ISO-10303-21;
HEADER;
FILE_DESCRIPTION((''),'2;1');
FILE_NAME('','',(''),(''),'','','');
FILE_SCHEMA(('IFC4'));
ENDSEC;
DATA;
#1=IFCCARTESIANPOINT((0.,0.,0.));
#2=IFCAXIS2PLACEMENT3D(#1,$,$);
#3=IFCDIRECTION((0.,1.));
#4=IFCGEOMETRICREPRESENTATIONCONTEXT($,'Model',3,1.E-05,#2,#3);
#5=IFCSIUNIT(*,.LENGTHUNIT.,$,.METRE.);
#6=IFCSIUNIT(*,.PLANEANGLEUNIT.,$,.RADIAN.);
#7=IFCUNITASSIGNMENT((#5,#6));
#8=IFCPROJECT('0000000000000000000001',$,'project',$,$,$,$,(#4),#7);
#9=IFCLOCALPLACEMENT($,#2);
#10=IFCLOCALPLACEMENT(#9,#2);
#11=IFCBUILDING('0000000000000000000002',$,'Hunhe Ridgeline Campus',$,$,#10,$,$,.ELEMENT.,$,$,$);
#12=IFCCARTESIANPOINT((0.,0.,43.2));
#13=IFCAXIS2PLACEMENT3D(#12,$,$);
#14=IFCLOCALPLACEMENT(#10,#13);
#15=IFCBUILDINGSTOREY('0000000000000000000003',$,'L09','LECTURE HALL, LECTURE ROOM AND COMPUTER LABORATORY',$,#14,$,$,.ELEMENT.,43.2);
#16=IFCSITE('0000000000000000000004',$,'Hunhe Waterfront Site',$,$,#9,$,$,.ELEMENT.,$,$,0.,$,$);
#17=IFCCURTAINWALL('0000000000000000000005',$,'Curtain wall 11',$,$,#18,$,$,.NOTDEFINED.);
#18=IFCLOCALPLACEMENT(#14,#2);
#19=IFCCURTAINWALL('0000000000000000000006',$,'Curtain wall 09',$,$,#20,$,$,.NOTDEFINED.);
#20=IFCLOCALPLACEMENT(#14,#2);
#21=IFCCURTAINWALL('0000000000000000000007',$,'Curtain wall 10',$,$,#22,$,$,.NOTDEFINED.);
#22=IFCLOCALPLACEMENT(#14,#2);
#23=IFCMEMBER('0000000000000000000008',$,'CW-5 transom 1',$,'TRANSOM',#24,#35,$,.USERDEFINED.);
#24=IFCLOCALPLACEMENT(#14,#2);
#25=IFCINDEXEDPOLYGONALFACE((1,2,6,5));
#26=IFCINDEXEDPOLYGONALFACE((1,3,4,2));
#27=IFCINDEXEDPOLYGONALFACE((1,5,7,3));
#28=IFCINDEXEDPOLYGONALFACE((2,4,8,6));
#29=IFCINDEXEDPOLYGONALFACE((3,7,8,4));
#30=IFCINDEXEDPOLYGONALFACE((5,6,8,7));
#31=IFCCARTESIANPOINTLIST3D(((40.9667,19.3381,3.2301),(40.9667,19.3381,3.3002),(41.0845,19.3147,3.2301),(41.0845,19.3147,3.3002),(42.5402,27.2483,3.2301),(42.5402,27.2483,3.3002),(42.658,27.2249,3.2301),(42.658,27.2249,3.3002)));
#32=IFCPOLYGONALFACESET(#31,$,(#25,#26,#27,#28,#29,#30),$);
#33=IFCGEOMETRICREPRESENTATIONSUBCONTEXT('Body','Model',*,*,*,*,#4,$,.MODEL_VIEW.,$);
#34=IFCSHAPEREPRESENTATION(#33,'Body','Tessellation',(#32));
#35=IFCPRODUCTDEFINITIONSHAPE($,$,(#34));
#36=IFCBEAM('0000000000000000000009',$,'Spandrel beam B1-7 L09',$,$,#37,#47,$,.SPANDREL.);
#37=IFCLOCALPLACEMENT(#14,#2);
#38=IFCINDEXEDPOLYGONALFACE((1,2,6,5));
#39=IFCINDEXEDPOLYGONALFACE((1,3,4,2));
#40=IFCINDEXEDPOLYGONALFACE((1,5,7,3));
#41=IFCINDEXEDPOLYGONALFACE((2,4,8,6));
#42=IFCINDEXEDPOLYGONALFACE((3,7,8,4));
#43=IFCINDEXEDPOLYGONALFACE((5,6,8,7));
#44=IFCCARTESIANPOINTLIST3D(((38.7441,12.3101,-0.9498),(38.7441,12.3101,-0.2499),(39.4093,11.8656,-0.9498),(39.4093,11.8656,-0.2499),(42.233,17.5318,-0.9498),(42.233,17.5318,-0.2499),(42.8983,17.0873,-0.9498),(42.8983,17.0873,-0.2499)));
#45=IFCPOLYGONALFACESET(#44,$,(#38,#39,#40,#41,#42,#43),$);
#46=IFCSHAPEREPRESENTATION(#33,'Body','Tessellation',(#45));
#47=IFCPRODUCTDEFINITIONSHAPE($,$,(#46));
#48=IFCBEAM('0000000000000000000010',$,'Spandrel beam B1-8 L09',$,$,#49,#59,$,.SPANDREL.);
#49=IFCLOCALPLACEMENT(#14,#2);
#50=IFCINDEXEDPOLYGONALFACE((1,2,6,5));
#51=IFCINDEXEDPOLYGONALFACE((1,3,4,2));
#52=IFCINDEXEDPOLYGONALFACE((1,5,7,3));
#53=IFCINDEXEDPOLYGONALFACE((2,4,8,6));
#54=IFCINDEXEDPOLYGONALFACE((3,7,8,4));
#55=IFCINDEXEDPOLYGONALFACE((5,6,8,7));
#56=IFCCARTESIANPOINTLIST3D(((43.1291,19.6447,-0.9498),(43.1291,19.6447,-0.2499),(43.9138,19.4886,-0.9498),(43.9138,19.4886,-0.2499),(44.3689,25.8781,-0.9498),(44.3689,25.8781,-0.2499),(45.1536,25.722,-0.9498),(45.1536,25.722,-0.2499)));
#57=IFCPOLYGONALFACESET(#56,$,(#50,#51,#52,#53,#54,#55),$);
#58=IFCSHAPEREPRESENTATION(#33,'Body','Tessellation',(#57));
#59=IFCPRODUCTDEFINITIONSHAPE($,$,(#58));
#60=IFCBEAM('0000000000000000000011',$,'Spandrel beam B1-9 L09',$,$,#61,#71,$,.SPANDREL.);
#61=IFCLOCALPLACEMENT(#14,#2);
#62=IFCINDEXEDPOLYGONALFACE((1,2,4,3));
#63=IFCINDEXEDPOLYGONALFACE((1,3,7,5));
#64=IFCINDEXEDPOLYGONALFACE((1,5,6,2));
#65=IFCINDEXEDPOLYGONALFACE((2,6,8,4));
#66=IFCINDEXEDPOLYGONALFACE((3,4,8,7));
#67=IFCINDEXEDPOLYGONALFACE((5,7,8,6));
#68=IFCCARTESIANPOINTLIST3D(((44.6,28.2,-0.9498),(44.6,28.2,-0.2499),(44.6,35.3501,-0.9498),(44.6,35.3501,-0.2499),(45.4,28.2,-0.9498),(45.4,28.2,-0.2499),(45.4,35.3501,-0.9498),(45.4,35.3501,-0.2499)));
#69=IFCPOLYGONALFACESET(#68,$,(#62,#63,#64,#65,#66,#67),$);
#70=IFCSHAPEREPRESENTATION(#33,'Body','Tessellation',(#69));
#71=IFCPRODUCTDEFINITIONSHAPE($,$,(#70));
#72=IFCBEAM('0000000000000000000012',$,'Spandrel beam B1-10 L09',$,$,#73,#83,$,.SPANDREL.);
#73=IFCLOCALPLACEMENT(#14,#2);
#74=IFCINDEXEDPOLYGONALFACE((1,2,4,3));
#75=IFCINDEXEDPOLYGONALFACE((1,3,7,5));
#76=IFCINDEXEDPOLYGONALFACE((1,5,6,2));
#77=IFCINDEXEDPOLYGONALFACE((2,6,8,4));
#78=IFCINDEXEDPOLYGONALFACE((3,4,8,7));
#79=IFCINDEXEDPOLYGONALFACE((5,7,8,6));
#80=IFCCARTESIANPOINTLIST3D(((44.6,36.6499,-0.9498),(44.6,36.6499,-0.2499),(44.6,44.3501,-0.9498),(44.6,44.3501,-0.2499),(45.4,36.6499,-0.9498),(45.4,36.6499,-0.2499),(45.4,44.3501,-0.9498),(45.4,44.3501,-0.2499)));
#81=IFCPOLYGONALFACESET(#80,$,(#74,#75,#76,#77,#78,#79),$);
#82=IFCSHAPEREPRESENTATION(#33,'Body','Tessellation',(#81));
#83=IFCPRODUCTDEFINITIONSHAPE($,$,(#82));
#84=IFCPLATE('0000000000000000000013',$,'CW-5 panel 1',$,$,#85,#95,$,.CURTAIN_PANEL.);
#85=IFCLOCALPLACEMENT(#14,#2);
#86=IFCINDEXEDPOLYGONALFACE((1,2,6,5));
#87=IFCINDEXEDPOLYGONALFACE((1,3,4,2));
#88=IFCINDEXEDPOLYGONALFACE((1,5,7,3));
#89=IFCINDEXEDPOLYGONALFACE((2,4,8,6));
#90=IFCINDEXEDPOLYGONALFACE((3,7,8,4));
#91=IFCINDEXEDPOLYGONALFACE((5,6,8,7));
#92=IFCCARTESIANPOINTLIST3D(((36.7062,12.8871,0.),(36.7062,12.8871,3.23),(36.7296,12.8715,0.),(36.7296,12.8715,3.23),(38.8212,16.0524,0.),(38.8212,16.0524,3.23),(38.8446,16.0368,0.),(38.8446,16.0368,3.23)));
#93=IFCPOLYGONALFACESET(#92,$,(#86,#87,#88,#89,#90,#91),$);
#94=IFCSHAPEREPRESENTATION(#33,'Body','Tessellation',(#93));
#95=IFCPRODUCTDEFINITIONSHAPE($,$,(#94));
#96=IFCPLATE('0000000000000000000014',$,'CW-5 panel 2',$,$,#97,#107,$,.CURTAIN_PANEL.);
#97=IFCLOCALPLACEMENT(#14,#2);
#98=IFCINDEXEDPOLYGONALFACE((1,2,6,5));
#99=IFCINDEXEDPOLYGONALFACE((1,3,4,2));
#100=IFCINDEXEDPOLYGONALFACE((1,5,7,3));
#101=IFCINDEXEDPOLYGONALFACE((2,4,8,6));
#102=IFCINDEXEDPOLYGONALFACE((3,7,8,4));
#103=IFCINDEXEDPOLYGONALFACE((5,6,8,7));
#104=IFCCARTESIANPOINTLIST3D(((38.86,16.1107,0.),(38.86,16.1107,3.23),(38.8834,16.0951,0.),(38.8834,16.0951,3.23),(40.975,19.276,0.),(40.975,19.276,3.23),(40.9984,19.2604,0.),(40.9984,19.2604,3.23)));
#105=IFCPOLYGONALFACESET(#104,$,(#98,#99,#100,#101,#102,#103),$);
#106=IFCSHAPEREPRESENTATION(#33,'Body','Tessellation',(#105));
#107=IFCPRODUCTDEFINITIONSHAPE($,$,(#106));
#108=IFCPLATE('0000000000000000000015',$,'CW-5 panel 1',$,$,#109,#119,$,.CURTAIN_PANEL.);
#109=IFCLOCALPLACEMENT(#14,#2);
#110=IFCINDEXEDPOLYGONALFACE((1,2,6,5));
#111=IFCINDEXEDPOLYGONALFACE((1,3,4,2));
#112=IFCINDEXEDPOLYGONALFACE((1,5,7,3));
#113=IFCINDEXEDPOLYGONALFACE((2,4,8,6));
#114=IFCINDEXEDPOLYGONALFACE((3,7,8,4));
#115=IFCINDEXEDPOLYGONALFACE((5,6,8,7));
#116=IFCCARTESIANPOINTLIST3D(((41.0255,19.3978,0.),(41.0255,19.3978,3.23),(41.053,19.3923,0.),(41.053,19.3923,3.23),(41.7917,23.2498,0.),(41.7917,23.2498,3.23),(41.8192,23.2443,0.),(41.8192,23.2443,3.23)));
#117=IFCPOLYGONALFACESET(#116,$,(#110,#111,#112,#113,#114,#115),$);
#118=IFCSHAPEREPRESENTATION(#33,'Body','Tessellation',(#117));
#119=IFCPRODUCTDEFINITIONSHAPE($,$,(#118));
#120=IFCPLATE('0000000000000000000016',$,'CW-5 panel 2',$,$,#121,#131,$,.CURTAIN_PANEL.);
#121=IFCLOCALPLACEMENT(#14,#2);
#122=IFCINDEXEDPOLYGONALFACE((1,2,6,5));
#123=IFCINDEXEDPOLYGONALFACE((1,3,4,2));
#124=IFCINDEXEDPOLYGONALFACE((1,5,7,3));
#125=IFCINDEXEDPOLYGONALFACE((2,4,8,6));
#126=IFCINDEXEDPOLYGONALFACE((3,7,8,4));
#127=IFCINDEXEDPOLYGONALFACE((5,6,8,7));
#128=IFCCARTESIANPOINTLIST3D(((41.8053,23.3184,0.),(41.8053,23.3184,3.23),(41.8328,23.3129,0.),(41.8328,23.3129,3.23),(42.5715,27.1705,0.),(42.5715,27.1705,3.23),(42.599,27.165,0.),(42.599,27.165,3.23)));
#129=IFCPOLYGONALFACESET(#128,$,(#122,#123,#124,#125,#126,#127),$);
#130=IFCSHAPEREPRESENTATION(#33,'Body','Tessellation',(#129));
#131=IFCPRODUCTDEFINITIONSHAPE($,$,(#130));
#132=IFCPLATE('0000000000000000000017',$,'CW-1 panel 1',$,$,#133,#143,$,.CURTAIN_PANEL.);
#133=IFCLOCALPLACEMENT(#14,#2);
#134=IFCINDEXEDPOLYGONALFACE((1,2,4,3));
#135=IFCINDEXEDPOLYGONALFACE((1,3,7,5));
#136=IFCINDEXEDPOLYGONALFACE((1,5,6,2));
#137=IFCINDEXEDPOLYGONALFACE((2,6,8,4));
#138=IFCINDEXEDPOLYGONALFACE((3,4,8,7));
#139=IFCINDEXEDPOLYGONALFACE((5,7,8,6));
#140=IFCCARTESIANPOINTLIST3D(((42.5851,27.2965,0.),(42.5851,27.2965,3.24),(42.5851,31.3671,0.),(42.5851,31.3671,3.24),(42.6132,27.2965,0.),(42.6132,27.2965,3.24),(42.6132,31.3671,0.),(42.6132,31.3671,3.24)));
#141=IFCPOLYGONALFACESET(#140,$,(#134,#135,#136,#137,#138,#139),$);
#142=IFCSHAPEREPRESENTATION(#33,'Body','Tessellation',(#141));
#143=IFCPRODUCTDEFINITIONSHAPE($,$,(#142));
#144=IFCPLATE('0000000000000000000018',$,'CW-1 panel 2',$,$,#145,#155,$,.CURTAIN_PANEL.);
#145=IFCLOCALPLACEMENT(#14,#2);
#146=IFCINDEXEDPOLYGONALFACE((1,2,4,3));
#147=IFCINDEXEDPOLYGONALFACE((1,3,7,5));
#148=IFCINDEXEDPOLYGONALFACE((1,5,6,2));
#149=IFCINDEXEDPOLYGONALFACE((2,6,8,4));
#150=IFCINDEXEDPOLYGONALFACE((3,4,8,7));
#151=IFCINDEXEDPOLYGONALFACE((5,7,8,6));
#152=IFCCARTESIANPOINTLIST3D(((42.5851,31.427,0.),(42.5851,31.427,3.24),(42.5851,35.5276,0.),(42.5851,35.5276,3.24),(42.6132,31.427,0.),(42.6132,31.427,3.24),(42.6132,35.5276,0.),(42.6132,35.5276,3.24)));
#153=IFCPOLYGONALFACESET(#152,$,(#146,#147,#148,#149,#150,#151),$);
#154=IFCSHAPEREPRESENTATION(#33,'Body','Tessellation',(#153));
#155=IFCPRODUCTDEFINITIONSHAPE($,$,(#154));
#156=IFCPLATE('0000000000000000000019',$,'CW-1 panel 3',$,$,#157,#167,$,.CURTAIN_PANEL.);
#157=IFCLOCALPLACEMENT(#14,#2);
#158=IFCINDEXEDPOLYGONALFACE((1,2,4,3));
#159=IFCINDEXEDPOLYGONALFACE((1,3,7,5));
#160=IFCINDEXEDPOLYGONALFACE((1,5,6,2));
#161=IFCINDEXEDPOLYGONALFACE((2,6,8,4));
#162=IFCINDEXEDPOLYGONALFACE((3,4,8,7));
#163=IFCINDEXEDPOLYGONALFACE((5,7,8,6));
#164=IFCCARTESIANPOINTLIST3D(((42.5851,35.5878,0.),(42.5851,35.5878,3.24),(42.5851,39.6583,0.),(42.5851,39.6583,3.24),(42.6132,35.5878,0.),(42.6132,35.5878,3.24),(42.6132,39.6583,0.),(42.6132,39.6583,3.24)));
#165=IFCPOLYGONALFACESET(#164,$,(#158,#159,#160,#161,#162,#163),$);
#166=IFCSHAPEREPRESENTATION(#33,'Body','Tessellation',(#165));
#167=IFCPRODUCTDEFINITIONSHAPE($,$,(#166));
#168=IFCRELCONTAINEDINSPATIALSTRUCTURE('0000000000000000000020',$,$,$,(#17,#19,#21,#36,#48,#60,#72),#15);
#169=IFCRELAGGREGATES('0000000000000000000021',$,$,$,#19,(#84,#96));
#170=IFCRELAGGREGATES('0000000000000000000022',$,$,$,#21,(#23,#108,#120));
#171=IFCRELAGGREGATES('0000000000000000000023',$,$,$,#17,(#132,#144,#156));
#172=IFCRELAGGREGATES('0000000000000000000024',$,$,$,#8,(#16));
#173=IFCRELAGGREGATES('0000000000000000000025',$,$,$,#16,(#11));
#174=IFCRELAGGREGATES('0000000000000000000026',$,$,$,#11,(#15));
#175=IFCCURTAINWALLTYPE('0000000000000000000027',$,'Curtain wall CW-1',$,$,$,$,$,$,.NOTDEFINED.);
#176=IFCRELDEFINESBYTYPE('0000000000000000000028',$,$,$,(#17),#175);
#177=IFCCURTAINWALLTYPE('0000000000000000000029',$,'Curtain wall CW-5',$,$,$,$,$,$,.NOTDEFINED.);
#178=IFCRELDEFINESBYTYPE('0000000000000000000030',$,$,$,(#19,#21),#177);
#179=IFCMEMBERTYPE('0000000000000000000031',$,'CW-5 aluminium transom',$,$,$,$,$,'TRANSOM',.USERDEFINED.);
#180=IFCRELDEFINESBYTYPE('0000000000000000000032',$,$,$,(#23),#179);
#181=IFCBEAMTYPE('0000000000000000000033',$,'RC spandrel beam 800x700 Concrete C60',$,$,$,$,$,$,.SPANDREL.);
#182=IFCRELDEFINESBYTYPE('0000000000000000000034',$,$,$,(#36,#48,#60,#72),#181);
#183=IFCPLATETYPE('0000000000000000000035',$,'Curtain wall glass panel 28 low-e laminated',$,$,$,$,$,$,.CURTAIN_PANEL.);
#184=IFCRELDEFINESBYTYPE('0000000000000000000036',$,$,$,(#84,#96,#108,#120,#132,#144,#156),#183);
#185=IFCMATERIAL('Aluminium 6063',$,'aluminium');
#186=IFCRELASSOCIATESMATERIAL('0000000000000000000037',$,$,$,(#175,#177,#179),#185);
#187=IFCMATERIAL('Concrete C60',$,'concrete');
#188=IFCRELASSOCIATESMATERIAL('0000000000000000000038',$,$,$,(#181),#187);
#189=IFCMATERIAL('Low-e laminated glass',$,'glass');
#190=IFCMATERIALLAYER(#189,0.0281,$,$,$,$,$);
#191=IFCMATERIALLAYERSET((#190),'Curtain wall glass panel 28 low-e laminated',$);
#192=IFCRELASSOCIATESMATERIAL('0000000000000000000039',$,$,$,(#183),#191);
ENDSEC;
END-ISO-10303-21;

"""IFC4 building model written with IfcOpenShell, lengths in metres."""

from ifc_helpers import new_model, si_unit, direction, frame, origin, origin_2d, place, context, subcontext, project, spatial, rectangle, extrude, material, layer, layer_set, material_profile, profile_set, type_object, element, aggregate, save


model = new_model("IFC4")

# Units and contexts
model_context = context("Model", 3, precision=1e-05, world=origin(), true_north=direction((0.0, 1.0)))
body_context = subcontext(model_context, "Body", "Model", "MODEL_VIEW")
ifc_project = project(units=[si_unit("LENGTHUNIT", "METRE"), si_unit("PLANEANGLEUNIT", "RADIAN")], contexts=[model_context])

# Site, building, storey
site_placement = place(None, origin())
site = spatial("IfcSite", under=ifc_project, at=site_placement, Name="Hunhe Waterfront Site", CompositionType="ELEMENT", RefElevation=0.0)
building_placement = place(site_placement, origin())
building = spatial("IfcBuilding", under=site, at=building_placement, Name="Hunhe Ridgeline Campus", CompositionType="ELEMENT")
storey_placement = place(building_placement, frame((0.0, 0.0, 43.2)))
storey = spatial("IfcBuildingStorey", under=building, at=storey_placement, Name="L09", Description="LECTURE HALL, LECTURE ROOM AND COMPUTER LABORATORY", CompositionType="ELEMENT", Elevation=43.2)

# Curtain walls, member
ifc_material_1 = material(Name="Aluminium 6063", Category="aluminium")
curtain_wall_type_1 = type_object("IfcCurtainWallType", Name="Curtain wall CW-1", PredefinedType="NOTDEFINED", material=ifc_material_1)
curtain_wall_1_placement = place(storey_placement, origin())
curtain_wall_1 = element("IfcCurtainWall", 1, at=curtain_wall_1_placement, inside=storey, type_object=curtain_wall_type_1, Name="Curtain wall 11", PredefinedType="NOTDEFINED")
curtain_wall_type_2 = type_object("IfcCurtainWallType", Name="Curtain wall CW-5", PredefinedType="NOTDEFINED", material=ifc_material_1)
curtain_wall_2_placement = place(storey_placement, origin())
curtain_wall_2 = element("IfcCurtainWall", 2, at=curtain_wall_2_placement, inside=storey, type_object=curtain_wall_type_2, Name="Curtain wall 09", PredefinedType="NOTDEFINED")
curtain_wall_3_placement = place(storey_placement, origin())
curtain_wall_3 = element("IfcCurtainWall", 3, at=curtain_wall_3_placement, inside=storey, type_object=curtain_wall_type_2, Name="Curtain wall 10", PredefinedType="NOTDEFINED")
ifc_material_profile_1 = material_profile(ifc_material_1, rectangle(XDim=0.1201, YDim=0.0701, at=origin_2d()))
ifc_profile_set_1 = profile_set([ifc_material_profile_1], Name="Aluminium 6063")
member_type_1 = type_object("IfcMemberType", Name="CW-5 aluminium transom", ElementType="TRANSOM", PredefinedType="USERDEFINED", material=ifc_profile_set_1)
member_1_placement = place(storey_placement, frame((41.0256, 19.3264, 3.2651), z_axis=(0.195097, 0.980784, 0.0), x_axis=(-0.980784, 0.195097, 0.0)))
member_1 = element("IfcMember", 4, at=member_1_placement, type_object=member_type_1, Name="CW-5 transom 1", ObjectType="TRANSOM", PredefinedType="USERDEFINED", context=body_context, shape_type="SweptSolid", body=[
    extrude(rectangle(XDim=0.1201, YDim=0.0701, at=origin_2d()), origin(), (0.0, 0.0, 1.0), 8.0652),
])

# Beams
ifc_material_2 = material(Name="Concrete C60", Category="concrete")
ifc_material_profile_2 = material_profile(ifc_material_2, rectangle(XDim=0.8, YDim=0.7, at=origin_2d()))
ifc_profile_set_2 = profile_set([ifc_material_profile_2], Name="Concrete C60")
beam_type = type_object("IfcBeamType", Name="RC spandrel beam 800x700 Concrete C60", PredefinedType="SPANDREL", material=ifc_profile_set_2)
beam_1_placement = place(storey_placement, frame((39.0767, 12.0879, -0.5999), z_axis=(0.55557, 0.83147, 0.0), x_axis=(-0.83147, 0.55557, 0.0)))
element("IfcBeam", 5, at=beam_1_placement, inside=storey, type_object=beam_type, Name="Spandrel beam B1-7 L09", PredefinedType="SPANDREL", context=body_context, shape_type="SweptSolid", body=[
    extrude(rectangle(XDim=0.8, YDim=0.7, at=origin_2d()), origin(), (0.0, 0.0, 1.0), 6.28),
])
beam_2_placement = place(storey_placement, frame((43.5215, 19.5667, -0.5999), z_axis=(0.195067, 0.98079, 0.0), x_axis=(-0.98079, 0.195067, 0.0)))
element("IfcBeam", 6, at=beam_2_placement, inside=storey, type_object=beam_type, Name="Spandrel beam B1-8 L09", PredefinedType="SPANDREL", context=body_context, shape_type="SweptSolid", body=[
    extrude(rectangle(XDim=0.8, YDim=0.7, at=origin_2d()), origin(), (0.0, 0.0, 1.0), 6.3555),
])
beam_3_placement = place(storey_placement, frame((45.0, 28.2, -0.5999), z_axis=(0.0, 1.0, 0.0), x_axis=(-1.0, 0.0, 0.0)))
element("IfcBeam", 7, at=beam_3_placement, inside=storey, type_object=beam_type, Name="Spandrel beam B1-9 L09", PredefinedType="SPANDREL", context=body_context, shape_type="SweptSolid", body=[
    extrude(rectangle(XDim=0.8, YDim=0.7, at=origin_2d()), origin(), (0.0, 0.0, 1.0), 7.1501),
])
beam_4_placement = place(storey_placement, frame((45.0, 36.6499, -0.5999), z_axis=(0.0, 1.0, 0.0), x_axis=(-1.0, 0.0, 0.0)))
element("IfcBeam", 8, at=beam_4_placement, inside=storey, type_object=beam_type, Name="Spandrel beam B1-10 L09", PredefinedType="SPANDREL", context=body_context, shape_type="SweptSolid", body=[
    extrude(rectangle(XDim=0.8, YDim=0.7, at=origin_2d()), origin(), (0.0, 0.0, 1.0), 7.7002),
])

# Plates
ifc_material_3 = material(Name="Low-e laminated glass", Category="glass")
ifc_layer_1 = layer(ifc_material_3, 0.0281)
ifc_layer_set_1 = layer_set([ifc_layer_1], Name="Curtain wall glass panel 28 low-e laminated")
plate_type = type_object("IfcPlateType", Name="Curtain wall glass panel 28 low-e laminated", PredefinedType="CURTAIN_PANEL", material=ifc_layer_set_1)
plate_1_placement = place(storey_placement, frame((37.7754, 14.4619, 0.0), z_axis=(0.0, 0.0, 1.0), x_axis=(0.55557, 0.83147, 0.0)))
plate_1 = element("IfcPlate", 9, at=plate_1_placement, type_object=plate_type, Name="CW-5 panel 1", PredefinedType="CURTAIN_PANEL", context=body_context, shape_type="SweptSolid", body=[
    extrude(rectangle(XDim=3.8069, YDim=0.0281, at=origin_2d()), origin(), (0.0, 0.0, 1.0), 3.23),
])
plate_2_placement = place(storey_placement, frame((39.9292, 17.6855, 0.0), z_axis=(0.0, 0.0, 1.0), x_axis=(0.55557, 0.83147, 0.0)))
plate_2 = element("IfcPlate", 10, at=plate_2_placement, type_object=plate_type, Name="CW-5 panel 2", PredefinedType="CURTAIN_PANEL", context=body_context, shape_type="SweptSolid", body=[
    extrude(rectangle(XDim=3.8069, YDim=0.0281, at=origin_2d()), origin(), (0.0, 0.0, 1.0), 3.23),
])
aggregate(curtain_wall_2, [plate_1, plate_2])
plate_3_placement = place(storey_placement, frame((41.4224, 21.321, 0.0), z_axis=(0.0, 0.0, 1.0), x_axis=(0.19509, 0.980785, 0.0)))
plate_3 = element("IfcPlate", 11, at=plate_3_placement, type_object=plate_type, Name="CW-5 panel 1", PredefinedType="CURTAIN_PANEL", context=body_context, shape_type="SweptSolid", body=[
    extrude(rectangle(XDim=3.9275, YDim=0.0281, at=origin_2d()), origin(), (0.0, 0.0, 1.0), 3.23),
])
plate_4_placement = place(storey_placement, frame((42.2021, 25.2417, 0.0), z_axis=(0.0, 0.0, 1.0), x_axis=(0.19509, 0.980785, 0.0)))
plate_4 = element("IfcPlate", 12, at=plate_4_placement, type_object=plate_type, Name="CW-5 panel 2", PredefinedType="CURTAIN_PANEL", context=body_context, shape_type="SweptSolid", body=[
    extrude(rectangle(XDim=3.9275, YDim=0.0281, at=origin_2d()), origin(), (0.0, 0.0, 1.0), 3.23),
])
aggregate(curtain_wall_3, [member_1, plate_3, plate_4])
plate_5_placement = place(storey_placement, frame((42.5991, 29.3318, 0.0), z_axis=(0.0, 0.0, 1.0), x_axis=(0.0, 1.0, 0.0)))
plate_5 = element("IfcPlate", 13, at=plate_5_placement, type_object=plate_type, Name="CW-1 panel 1", PredefinedType="CURTAIN_PANEL", context=body_context, shape_type="SweptSolid", body=[
    extrude(rectangle(XDim=4.0706, YDim=0.0281, at=origin_2d()), origin(), (0.0, 0.0, 1.0), 3.24),
])
plate_6_placement = place(storey_placement, frame((42.5991, 33.4773, 0.0), z_axis=(0.0, 0.0, 1.0), x_axis=(0.0, 1.0, 0.0)))
plate_6 = element("IfcPlate", 14, at=plate_6_placement, type_object=plate_type, Name="CW-1 panel 2", PredefinedType="CURTAIN_PANEL", context=body_context, shape_type="SweptSolid", body=[
    extrude(rectangle(XDim=4.1006, YDim=0.0281, at=origin_2d()), origin(), (0.0, 0.0, 1.0), 3.24),
])
plate_7_placement = place(storey_placement, frame((42.5991, 37.623, 0.0), z_axis=(0.0, 0.0, 1.0), x_axis=(0.0, 1.0, 0.0)))
plate_7 = element("IfcPlate", 15, at=plate_7_placement, type_object=plate_type, Name="CW-1 panel 3", PredefinedType="CURTAIN_PANEL", context=body_context, shape_type="SweptSolid", body=[
    extrude(rectangle(XDim=4.0706, YDim=0.0281, at=origin_2d()), origin(), (0.0, 0.0, 1.0), 3.24),
])
aggregate(curtain_wall_1, [plate_5, plate_6, plate_7])

save(model, "model.ifc")
